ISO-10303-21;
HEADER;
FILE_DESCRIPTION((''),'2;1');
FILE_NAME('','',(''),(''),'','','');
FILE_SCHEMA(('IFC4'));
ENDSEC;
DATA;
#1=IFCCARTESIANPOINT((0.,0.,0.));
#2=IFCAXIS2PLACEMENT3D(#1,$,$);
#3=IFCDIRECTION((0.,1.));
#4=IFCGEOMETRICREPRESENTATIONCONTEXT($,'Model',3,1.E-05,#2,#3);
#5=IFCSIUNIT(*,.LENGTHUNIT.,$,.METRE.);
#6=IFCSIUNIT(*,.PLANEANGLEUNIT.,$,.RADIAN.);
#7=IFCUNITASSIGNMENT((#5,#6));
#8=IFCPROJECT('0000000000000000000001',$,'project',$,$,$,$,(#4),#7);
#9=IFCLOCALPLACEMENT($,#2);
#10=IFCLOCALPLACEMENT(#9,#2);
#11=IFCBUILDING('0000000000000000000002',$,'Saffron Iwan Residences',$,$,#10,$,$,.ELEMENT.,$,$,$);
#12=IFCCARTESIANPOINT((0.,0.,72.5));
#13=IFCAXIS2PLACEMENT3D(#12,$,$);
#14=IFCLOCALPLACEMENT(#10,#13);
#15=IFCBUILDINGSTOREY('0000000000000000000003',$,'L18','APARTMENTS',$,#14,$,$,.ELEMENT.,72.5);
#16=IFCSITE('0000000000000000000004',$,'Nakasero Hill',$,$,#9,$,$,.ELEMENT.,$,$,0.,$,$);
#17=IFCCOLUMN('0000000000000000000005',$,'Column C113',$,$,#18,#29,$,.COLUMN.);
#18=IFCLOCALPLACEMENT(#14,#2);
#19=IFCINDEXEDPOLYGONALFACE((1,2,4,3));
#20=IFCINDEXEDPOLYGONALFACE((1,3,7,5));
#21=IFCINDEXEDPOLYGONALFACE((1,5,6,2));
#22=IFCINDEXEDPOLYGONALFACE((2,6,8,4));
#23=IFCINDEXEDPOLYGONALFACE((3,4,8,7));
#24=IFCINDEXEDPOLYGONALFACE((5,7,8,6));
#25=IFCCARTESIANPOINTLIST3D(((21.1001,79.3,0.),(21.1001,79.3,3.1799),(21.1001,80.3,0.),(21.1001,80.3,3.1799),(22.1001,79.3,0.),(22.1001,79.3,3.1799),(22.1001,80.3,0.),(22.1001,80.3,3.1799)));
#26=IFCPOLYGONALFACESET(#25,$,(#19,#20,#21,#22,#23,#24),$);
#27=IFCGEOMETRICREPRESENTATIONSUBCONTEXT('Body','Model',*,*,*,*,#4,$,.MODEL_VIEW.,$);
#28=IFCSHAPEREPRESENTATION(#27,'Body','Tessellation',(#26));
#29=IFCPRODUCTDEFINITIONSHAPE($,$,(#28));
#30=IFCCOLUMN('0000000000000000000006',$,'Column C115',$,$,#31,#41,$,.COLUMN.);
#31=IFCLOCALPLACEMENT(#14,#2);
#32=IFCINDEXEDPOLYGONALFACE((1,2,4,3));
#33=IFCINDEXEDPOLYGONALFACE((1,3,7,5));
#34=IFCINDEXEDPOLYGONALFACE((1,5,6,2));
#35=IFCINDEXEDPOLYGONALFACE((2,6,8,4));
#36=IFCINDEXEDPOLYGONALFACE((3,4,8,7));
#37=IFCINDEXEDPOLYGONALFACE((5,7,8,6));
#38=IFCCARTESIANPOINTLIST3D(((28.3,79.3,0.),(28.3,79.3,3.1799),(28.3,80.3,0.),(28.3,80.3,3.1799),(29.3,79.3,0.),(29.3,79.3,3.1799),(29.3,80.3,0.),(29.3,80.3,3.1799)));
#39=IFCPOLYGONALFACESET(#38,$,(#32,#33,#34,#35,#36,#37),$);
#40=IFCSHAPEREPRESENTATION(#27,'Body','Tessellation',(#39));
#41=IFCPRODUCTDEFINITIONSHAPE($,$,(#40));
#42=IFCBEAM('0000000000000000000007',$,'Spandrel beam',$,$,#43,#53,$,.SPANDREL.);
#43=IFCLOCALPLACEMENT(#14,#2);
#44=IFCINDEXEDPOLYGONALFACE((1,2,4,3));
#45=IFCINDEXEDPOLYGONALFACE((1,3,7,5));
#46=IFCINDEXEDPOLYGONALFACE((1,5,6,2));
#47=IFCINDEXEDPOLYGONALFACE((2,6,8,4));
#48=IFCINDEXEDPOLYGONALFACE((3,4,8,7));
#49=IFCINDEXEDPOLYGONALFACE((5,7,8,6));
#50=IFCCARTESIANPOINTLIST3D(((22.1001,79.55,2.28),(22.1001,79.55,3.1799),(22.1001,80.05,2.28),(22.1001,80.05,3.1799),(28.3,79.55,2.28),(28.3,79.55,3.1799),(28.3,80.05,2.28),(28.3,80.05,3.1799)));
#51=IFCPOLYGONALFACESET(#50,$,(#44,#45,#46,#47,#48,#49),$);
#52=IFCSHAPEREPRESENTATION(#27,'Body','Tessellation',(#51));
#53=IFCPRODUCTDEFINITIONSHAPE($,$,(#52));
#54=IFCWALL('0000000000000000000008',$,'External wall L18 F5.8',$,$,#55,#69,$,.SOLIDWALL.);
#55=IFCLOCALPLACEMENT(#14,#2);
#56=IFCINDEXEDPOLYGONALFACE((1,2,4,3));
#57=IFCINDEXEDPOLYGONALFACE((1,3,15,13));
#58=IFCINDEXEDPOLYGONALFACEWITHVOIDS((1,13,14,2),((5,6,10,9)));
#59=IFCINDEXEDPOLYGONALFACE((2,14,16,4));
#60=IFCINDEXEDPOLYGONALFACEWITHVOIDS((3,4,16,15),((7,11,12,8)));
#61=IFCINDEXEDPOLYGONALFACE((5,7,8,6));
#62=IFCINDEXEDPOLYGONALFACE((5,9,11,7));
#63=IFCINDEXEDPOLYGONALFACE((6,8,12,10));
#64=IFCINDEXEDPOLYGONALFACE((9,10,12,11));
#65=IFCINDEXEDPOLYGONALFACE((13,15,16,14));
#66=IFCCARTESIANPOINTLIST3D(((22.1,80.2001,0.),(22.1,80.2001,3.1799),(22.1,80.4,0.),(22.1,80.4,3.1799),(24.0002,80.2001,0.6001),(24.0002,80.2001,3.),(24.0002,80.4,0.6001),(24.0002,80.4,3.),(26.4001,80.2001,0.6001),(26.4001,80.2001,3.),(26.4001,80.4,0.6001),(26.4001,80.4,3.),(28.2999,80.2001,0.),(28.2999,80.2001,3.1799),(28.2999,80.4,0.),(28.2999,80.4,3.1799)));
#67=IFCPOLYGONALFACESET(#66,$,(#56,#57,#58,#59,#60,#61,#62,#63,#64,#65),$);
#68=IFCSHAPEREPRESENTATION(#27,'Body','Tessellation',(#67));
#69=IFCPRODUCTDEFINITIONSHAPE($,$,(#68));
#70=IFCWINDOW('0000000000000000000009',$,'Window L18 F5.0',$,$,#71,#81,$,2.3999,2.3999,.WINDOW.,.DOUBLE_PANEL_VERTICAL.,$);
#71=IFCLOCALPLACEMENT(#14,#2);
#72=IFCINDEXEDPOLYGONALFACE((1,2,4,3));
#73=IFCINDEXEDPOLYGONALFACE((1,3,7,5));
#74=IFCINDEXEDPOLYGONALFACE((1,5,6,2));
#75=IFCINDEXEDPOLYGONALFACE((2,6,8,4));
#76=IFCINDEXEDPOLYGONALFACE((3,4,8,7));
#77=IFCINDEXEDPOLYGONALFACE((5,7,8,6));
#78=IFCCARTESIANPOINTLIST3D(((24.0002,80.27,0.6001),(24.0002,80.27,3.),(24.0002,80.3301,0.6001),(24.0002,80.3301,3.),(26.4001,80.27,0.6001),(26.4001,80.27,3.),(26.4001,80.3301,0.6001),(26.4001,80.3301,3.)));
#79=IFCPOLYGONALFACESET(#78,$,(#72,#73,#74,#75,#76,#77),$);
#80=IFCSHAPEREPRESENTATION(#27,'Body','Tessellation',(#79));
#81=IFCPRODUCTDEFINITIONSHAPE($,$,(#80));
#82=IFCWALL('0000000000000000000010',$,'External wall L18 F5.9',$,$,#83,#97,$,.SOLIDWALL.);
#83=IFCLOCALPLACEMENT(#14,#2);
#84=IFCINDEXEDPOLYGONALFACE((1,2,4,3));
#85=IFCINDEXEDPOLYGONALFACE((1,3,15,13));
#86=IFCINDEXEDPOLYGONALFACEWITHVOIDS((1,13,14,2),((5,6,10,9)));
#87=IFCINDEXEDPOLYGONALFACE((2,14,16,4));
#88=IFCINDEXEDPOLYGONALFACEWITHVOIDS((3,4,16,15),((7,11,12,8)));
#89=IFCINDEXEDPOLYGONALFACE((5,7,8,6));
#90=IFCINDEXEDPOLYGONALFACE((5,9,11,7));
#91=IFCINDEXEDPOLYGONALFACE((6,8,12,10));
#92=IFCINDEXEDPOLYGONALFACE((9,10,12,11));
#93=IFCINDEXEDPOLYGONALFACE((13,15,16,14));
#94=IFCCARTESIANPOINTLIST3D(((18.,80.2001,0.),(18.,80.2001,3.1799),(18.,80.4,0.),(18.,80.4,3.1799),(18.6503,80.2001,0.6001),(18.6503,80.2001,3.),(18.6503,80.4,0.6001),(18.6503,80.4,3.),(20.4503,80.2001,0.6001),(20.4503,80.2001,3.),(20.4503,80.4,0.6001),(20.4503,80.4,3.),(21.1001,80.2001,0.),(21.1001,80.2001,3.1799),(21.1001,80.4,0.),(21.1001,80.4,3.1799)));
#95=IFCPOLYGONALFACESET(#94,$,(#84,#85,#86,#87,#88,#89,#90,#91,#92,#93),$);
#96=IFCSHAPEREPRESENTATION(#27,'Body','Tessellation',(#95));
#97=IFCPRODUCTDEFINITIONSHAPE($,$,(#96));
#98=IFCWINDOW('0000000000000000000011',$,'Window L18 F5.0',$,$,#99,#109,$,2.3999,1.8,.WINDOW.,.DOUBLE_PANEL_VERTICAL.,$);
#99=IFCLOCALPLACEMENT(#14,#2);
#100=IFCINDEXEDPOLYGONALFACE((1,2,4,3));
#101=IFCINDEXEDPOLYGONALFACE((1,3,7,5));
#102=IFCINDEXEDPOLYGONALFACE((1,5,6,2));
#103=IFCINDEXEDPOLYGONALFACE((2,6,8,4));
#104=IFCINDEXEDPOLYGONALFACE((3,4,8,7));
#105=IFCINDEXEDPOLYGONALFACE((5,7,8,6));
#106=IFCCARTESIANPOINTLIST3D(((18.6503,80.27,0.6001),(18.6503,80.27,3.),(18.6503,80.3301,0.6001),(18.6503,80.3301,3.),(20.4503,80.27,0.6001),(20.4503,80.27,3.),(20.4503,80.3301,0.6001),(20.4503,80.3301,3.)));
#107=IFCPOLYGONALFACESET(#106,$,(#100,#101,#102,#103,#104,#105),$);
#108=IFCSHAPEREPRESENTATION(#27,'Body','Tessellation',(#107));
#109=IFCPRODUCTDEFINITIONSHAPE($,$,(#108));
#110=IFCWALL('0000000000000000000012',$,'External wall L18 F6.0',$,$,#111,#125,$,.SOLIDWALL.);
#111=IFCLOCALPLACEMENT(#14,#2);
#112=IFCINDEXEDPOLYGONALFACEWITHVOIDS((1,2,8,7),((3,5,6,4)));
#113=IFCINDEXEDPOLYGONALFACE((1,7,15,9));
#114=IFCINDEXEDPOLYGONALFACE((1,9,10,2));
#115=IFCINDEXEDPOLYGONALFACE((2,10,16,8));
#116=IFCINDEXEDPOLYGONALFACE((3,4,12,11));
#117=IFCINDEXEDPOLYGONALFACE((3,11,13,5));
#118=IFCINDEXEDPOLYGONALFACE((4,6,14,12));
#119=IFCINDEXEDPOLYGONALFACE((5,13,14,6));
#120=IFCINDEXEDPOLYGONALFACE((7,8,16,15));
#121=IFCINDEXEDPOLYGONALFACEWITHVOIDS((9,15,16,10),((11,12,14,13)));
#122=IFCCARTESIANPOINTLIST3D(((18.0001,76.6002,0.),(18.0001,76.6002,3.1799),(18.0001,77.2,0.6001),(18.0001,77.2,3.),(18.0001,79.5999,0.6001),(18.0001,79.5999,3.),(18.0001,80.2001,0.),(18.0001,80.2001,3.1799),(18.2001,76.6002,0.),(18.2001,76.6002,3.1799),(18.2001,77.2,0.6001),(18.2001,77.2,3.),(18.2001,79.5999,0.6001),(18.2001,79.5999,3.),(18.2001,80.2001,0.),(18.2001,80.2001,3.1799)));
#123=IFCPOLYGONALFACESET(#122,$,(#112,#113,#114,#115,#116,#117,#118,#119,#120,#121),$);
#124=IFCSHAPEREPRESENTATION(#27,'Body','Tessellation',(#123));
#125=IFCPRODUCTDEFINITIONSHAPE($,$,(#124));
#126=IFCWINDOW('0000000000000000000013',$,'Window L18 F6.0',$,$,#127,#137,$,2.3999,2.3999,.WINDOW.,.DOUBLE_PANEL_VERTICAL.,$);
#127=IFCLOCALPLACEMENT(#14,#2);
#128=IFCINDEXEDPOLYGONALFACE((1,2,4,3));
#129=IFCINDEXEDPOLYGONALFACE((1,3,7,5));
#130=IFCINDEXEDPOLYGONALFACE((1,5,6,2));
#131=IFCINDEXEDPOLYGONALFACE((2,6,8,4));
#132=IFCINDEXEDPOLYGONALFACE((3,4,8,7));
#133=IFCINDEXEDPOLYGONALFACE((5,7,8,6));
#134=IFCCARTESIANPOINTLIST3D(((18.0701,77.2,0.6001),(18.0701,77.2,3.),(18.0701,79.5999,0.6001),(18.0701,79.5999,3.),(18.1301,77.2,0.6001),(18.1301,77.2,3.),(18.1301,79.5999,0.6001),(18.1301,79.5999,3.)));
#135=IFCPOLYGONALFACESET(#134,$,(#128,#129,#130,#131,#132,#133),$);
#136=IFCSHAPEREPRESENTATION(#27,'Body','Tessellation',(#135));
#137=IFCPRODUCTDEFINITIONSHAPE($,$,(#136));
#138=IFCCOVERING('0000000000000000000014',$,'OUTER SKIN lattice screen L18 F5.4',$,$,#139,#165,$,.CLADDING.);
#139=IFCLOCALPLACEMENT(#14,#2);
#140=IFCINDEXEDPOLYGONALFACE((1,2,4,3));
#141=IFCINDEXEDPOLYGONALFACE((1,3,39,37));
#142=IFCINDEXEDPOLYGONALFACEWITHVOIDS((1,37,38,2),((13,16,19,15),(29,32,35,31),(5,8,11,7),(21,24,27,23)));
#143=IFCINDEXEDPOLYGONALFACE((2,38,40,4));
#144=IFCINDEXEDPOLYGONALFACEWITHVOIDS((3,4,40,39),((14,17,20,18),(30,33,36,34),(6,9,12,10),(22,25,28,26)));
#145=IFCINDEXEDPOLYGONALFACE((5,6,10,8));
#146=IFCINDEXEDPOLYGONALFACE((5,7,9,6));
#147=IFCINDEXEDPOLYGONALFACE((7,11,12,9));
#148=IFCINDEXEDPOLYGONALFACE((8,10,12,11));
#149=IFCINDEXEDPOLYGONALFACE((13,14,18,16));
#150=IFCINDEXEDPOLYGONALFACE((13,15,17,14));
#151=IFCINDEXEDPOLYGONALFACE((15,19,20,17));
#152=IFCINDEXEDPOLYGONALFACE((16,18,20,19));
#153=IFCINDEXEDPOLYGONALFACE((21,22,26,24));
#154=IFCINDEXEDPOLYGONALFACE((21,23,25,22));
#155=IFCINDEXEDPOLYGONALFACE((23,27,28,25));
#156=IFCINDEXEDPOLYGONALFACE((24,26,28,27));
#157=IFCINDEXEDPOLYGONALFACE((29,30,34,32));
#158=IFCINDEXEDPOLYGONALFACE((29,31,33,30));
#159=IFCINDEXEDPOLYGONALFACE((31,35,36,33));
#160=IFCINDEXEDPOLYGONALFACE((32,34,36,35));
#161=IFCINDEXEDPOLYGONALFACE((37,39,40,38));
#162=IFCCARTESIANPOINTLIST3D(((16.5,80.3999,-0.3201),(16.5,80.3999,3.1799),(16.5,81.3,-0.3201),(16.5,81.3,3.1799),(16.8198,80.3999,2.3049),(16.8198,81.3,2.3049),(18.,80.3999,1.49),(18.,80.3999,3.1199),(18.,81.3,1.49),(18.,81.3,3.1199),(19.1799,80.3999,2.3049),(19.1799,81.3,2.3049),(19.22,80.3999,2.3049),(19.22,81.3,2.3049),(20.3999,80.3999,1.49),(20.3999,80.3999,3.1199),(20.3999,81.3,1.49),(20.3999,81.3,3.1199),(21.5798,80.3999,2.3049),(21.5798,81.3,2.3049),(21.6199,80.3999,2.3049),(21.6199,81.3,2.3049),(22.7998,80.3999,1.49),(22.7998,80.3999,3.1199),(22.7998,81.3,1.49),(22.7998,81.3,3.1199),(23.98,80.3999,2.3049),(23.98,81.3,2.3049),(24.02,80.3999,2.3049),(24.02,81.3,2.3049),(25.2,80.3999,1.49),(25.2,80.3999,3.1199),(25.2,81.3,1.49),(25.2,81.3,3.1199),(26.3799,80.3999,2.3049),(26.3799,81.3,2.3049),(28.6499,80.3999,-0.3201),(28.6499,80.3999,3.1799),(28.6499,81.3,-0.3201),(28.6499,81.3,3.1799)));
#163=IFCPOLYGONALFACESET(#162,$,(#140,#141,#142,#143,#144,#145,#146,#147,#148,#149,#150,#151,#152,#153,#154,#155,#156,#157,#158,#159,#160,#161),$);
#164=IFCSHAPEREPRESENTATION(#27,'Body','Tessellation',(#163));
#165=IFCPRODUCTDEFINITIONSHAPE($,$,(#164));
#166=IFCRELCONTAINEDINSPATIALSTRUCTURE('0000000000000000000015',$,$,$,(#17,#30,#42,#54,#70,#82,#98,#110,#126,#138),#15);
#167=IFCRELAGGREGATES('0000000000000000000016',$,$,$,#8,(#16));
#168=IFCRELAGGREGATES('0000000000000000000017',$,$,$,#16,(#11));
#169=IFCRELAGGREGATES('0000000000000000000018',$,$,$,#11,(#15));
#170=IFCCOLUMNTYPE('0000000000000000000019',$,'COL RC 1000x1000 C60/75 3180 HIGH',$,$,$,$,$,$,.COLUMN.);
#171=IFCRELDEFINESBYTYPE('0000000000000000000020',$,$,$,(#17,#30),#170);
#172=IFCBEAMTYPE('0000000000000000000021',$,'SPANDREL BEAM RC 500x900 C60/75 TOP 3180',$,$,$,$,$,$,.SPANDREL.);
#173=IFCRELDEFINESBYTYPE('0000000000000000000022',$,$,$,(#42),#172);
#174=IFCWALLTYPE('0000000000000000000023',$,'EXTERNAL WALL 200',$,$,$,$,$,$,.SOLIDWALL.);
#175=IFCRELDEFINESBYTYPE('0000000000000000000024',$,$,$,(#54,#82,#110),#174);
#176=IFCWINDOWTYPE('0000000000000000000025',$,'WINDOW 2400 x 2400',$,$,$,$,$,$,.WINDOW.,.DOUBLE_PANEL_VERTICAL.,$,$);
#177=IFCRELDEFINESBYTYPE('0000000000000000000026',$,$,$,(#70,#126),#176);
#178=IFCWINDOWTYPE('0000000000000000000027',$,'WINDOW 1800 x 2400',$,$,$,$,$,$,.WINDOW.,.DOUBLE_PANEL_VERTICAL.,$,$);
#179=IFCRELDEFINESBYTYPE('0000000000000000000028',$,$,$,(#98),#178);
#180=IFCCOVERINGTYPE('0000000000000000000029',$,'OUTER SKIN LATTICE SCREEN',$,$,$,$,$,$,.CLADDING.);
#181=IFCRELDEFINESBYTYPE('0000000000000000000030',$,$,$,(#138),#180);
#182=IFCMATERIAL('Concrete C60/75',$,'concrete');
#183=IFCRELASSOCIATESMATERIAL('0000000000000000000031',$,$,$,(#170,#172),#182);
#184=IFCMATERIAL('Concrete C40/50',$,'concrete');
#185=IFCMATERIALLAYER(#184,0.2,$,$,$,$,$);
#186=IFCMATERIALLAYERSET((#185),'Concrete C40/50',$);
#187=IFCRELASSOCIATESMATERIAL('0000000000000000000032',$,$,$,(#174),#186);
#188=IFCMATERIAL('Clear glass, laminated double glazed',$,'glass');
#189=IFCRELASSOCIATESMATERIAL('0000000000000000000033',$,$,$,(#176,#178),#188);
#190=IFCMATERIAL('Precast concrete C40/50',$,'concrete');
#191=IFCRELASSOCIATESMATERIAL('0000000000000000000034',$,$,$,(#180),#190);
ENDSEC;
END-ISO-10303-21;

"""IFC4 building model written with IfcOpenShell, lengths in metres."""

from ifc_helpers import new_model, si_unit, direction, frame, frame_2d, origin, origin_2d, place, context, subcontext, project, spatial, polyline, rectangle, outline, extrude, source, transform, mapped, material, layer, layer_set, material_profile, profile_set, type_object, element, fill, save


model = new_model("IFC4")

# Units and contexts
model_context = context("Model", 3, precision=1e-05, world=origin(), true_north=direction((0.0, 1.0)))
body_context = subcontext(model_context, "Body", "Model", "MODEL_VIEW")
ifc_project = project(units=[si_unit("LENGTHUNIT", "METRE"), si_unit("PLANEANGLEUNIT", "RADIAN")], contexts=[model_context])

# Site, building, storey
site_placement = place(None, origin())
site = spatial("IfcSite", under=ifc_project, at=site_placement, Name="Nakasero Hill", CompositionType="ELEMENT", RefElevation=0.0)
building_placement = place(site_placement, origin())
building = spatial("IfcBuilding", under=site, at=building_placement, Name="Saffron Iwan Residences", CompositionType="ELEMENT")
storey_placement = place(building_placement, frame((0.0, 0.0, 72.5)))
storey = spatial("IfcBuildingStorey", under=building, at=storey_placement, Name="L18", Description="APARTMENTS", CompositionType="ELEMENT", Elevation=72.5)

# Columns
ifc_material_1 = material(Name="Concrete C60/75", Category="concrete")
ifc_material_profile_1 = material_profile(ifc_material_1, rectangle(XDim=1.0, YDim=1.0, at=origin_2d()), Name="RC 1000x1000")
ifc_profile_set_1 = profile_set([ifc_material_profile_1], Name="Concrete C60/75")
column_type = type_object("IfcColumnType", Name="COL RC 1000x1000 C60/75 3180 HIGH", PredefinedType="COLUMN", material=ifc_profile_set_1)
shared_shape_1 = source(origin(), body_context, "Body", "SweptSolid", [
    extrude(rectangle(XDim=1.0, YDim=1.0, at=origin_2d()), origin(), (0.0, 0.0, 1.0), 3.1799),
])
for number, where, z_axis, x_axis, name in (
    (1, (21.6001, 79.8, 0.0), (0.0, 0.0, 1.0), (1.0, 0.0, 0.0), "Column C113"),
    (2, (28.8, 79.8, 0.0), (0.0, 0.0, 1.0), (1.0, 0.0, 0.0), "Column C115"),
):
    element("IfcColumn", number, at=place(storey_placement, frame(where, z_axis=z_axis, x_axis=x_axis)), inside=storey, type_object=column_type, Name=name, PredefinedType="COLUMN", context=body_context, shape_type="MappedRepresentation", body=[
        mapped(shared_shape_1, transform((0.0, 0.0, 0.0))),
    ])

# Beam
ifc_material_profile_2 = material_profile(ifc_material_1, rectangle(XDim=0.5, YDim=0.8999, at=origin_2d()), Name="RC 500x900")
ifc_profile_set_2 = profile_set([ifc_material_profile_2], Name="Concrete C60/75")
beam_type = type_object("IfcBeamType", Name="SPANDREL BEAM RC 500x900 C60/75 TOP 3180", PredefinedType="SPANDREL", material=ifc_profile_set_2)
shared_shape_2 = source(origin(), body_context, "Body", "SweptSolid", [
    extrude(rectangle(XDim=0.5, YDim=0.8999, at=origin_2d()), origin(), (0.0, 0.0, 1.0), 6.2),
])
beam_placement = place(storey_placement, frame((22.1001, 79.8, 2.73), z_axis=(1.0, 0.0, 0.0), x_axis=(0.0, 1.0, 0.0)))
element("IfcBeam", 3, at=beam_placement, inside=storey, type_object=beam_type, Name="Spandrel beam", PredefinedType="SPANDREL", context=body_context, shape_type="MappedRepresentation", body=[
    mapped(shared_shape_2, transform((0.0, 0.0, 0.0))),
])

# Walls, openings, windows
ifc_material_2 = material(Name="Concrete C40/50", Category="concrete")
ifc_layer = layer(ifc_material_2, 0.2)
ifc_layer_set = layer_set([ifc_layer], Name="Concrete C40/50")
wall_type = type_object("IfcWallType", Name="EXTERNAL WALL 200", PredefinedType="SOLIDWALL", material=ifc_layer_set)
wall_1_placement = place(storey_placement, frame((28.3, 80.3, 0.0), z_axis=(0.0, 0.0, 1.0), x_axis=(-1.0, 0.0, 0.0)))
wall_1 = element("IfcWall", 4, at=wall_1_placement, inside=storey, type_object=wall_type, Name="External wall L18 F5.8", PredefinedType="SOLIDWALL", context=body_context, shape_type="SweptSolid", body=[
    extrude(rectangle(XDim=6.2, YDim=0.2, at=frame_2d((3.1001, 0.0))), origin(), (0.0, 0.0, 1.0), 3.1799),
])
opening_1_placement = place(wall_1_placement, frame((1.8999, 0.0, 0.6001)))
opening_1 = element("IfcOpeningElement", 5, at=opening_1_placement, cuts=wall_1, PredefinedType="OPENING", context=body_context, shape_type="SweptSolid", body=[
    extrude(rectangle(XDim=2.3999, YDim=2.3999, at=frame_2d((1.2, 1.2))), frame((0.0, 0.1099, 0.0), z_axis=(0.0, -1.0, 0.0), x_axis=(1.0, 0.0, 0.0)), (0.0, 0.0, 1.0), 0.22),
])
ifc_material_3 = material(Name="Clear glass, laminated double glazed", Category="glass")
window_type_1 = type_object("IfcWindowType", Name="WINDOW 2400 x 2400", PartitioningType="DOUBLE_PANEL_VERTICAL", PredefinedType="WINDOW", material=ifc_material_3)
window_1_placement = place(opening_1_placement, origin())
window_1 = element("IfcWindow", 6, at=window_1_placement, inside=storey, type_object=window_type_1, Name="Window L18 F5.0", OverallHeight=2.3999, OverallWidth=2.3999, PartitioningType="DOUBLE_PANEL_VERTICAL", PredefinedType="WINDOW", context=body_context, shape_type="SweptSolid", body=[
    extrude(rectangle(XDim=2.3999, YDim=2.3999, at=frame_2d((1.2, 1.2))), frame((0.0, 0.03, 0.0), z_axis=(0.0, -1.0, 0.0), x_axis=(1.0, 0.0, 0.0)), (0.0, 0.0, 1.0), 0.0601),
])
fill(opening_1, window_1)
wall_2_placement = place(storey_placement, frame((21.1001, 80.3, 0.0), z_axis=(0.0, 0.0, 1.0), x_axis=(-1.0, 0.0, 0.0)))
wall_2 = element("IfcWall", 7, at=wall_2_placement, inside=storey, type_object=wall_type, Name="External wall L18 F5.9", PredefinedType="SOLIDWALL", context=body_context, shape_type="SweptSolid", body=[
    extrude(rectangle(XDim=3.1001, YDim=0.2, at=frame_2d((1.55, 0.0))), origin(), (0.0, 0.0, 1.0), 3.1799),
])
opening_2_placement = place(wall_2_placement, frame((0.6499, 0.0, 0.6001)))
opening_2 = element("IfcOpeningElement", 8, at=opening_2_placement, cuts=wall_2, PredefinedType="OPENING", context=body_context, shape_type="SweptSolid", body=[
    extrude(rectangle(XDim=1.8, YDim=2.3999, at=frame_2d((0.8999, 1.2))), frame((0.0, 0.1099, 0.0), z_axis=(0.0, -1.0, 0.0), x_axis=(1.0, 0.0, 0.0)), (0.0, 0.0, 1.0), 0.22),
])
window_type_2 = type_object("IfcWindowType", Name="WINDOW 1800 x 2400", PartitioningType="DOUBLE_PANEL_VERTICAL", PredefinedType="WINDOW", material=ifc_material_3)
window_2_placement = place(opening_2_placement, origin())
window_2 = element("IfcWindow", 9, at=window_2_placement, inside=storey, type_object=window_type_2, Name="Window L18 F5.0", OverallHeight=2.3999, OverallWidth=1.8, PartitioningType="DOUBLE_PANEL_VERTICAL", PredefinedType="WINDOW", context=body_context, shape_type="SweptSolid", body=[
    extrude(rectangle(XDim=1.8, YDim=2.3999, at=frame_2d((0.8999, 1.2))), frame((0.0, 0.03, 0.0), z_axis=(0.0, -1.0, 0.0), x_axis=(1.0, 0.0, 0.0)), (0.0, 0.0, 1.0), 0.0601),
])
fill(opening_2, window_2)
wall_3_placement = place(storey_placement, frame((18.1001, 80.2, 0.0), z_axis=(0.0, 0.0, 1.0), x_axis=(0.0, -1.0, 0.0)))
wall_3 = element("IfcWall", 10, at=wall_3_placement, inside=storey, type_object=wall_type, Name="External wall L18 F6.0", PredefinedType="SOLIDWALL", context=body_context, shape_type="SweptSolid", body=[
    extrude(rectangle(XDim=3.5999, YDim=0.2, at=frame_2d((1.7998, 0.0))), origin(), (0.0, 0.0, 1.0), 3.1799),
])
opening_3_placement = place(wall_3_placement, frame((0.6001, 0.0, 0.6001)))
opening_3 = element("IfcOpeningElement", 11, at=opening_3_placement, cuts=wall_3, PredefinedType="OPENING", context=body_context, shape_type="SweptSolid", body=[
    extrude(rectangle(XDim=2.3999, YDim=2.3999, at=frame_2d((1.2, 1.2))), frame((0.0, 0.1099, 0.0), z_axis=(0.0, -1.0, 0.0), x_axis=(1.0, 0.0, 0.0)), (0.0, 0.0, 1.0), 0.22),
])
window_3_placement = place(opening_3_placement, origin())
window_3 = element("IfcWindow", 12, at=window_3_placement, inside=storey, type_object=window_type_1, Name="Window L18 F6.0", OverallHeight=2.3999, OverallWidth=2.3999, PartitioningType="DOUBLE_PANEL_VERTICAL", PredefinedType="WINDOW", context=body_context, shape_type="SweptSolid", body=[
    extrude(rectangle(XDim=2.3999, YDim=2.3999, at=frame_2d((1.2, 1.2))), frame((0.0, 0.03, 0.0), z_axis=(0.0, -1.0, 0.0), x_axis=(1.0, 0.0, 0.0)), (0.0, 0.0, 1.0), 0.0601),
])
fill(opening_3, window_3)

# Covering
ifc_material_4 = material(Name="Precast concrete C40/50", Category="concrete")
covering_type_1 = type_object("IfcCoveringType", Name="OUTER SKIN LATTICE SCREEN", PredefinedType="CLADDING", material=ifc_material_4)
covering_1_placement = place(storey_placement, frame((28.6499, 80.3999, -0.3201), z_axis=(0.0, 1.0, 0.0), x_axis=(-1.0, 0.0, 0.0)))
element("IfcCovering", 13, at=covering_1_placement, inside=storey, type_object=covering_type_1, Name="OUTER SKIN lattice screen L18 F5.4", PredefinedType="CLADDING", context=body_context, shape_type="SweptSolid", body=[
    extrude(outline(polyline([(0.0, 0.0), (12.1499, 0.0), (12.1499, 3.5), (0.0, 3.5), (0.0, 0.0)]), holes=[polyline([(2.27, 2.625), (3.45, 1.8101), (4.6299, 2.625), (3.45, 3.4399), (2.27, 2.625)]), polyline([(4.6699, 2.625), (5.8501, 1.8101), (7.03, 2.625), (5.8501, 3.4399), (4.6699, 2.625)]), polyline([(7.0701, 2.625), (8.25, 1.8101), (9.4299, 2.625), (8.25, 3.4399), (7.0701, 2.625)]), polyline([(9.47, 2.625), (10.6499, 1.8101), (11.8301, 2.625), (10.6499, 3.4399), (9.47, 2.625)])]), origin(), (0.0, 0.0, 1.0), 0.9001),
])

save(model, "model.ifc")
